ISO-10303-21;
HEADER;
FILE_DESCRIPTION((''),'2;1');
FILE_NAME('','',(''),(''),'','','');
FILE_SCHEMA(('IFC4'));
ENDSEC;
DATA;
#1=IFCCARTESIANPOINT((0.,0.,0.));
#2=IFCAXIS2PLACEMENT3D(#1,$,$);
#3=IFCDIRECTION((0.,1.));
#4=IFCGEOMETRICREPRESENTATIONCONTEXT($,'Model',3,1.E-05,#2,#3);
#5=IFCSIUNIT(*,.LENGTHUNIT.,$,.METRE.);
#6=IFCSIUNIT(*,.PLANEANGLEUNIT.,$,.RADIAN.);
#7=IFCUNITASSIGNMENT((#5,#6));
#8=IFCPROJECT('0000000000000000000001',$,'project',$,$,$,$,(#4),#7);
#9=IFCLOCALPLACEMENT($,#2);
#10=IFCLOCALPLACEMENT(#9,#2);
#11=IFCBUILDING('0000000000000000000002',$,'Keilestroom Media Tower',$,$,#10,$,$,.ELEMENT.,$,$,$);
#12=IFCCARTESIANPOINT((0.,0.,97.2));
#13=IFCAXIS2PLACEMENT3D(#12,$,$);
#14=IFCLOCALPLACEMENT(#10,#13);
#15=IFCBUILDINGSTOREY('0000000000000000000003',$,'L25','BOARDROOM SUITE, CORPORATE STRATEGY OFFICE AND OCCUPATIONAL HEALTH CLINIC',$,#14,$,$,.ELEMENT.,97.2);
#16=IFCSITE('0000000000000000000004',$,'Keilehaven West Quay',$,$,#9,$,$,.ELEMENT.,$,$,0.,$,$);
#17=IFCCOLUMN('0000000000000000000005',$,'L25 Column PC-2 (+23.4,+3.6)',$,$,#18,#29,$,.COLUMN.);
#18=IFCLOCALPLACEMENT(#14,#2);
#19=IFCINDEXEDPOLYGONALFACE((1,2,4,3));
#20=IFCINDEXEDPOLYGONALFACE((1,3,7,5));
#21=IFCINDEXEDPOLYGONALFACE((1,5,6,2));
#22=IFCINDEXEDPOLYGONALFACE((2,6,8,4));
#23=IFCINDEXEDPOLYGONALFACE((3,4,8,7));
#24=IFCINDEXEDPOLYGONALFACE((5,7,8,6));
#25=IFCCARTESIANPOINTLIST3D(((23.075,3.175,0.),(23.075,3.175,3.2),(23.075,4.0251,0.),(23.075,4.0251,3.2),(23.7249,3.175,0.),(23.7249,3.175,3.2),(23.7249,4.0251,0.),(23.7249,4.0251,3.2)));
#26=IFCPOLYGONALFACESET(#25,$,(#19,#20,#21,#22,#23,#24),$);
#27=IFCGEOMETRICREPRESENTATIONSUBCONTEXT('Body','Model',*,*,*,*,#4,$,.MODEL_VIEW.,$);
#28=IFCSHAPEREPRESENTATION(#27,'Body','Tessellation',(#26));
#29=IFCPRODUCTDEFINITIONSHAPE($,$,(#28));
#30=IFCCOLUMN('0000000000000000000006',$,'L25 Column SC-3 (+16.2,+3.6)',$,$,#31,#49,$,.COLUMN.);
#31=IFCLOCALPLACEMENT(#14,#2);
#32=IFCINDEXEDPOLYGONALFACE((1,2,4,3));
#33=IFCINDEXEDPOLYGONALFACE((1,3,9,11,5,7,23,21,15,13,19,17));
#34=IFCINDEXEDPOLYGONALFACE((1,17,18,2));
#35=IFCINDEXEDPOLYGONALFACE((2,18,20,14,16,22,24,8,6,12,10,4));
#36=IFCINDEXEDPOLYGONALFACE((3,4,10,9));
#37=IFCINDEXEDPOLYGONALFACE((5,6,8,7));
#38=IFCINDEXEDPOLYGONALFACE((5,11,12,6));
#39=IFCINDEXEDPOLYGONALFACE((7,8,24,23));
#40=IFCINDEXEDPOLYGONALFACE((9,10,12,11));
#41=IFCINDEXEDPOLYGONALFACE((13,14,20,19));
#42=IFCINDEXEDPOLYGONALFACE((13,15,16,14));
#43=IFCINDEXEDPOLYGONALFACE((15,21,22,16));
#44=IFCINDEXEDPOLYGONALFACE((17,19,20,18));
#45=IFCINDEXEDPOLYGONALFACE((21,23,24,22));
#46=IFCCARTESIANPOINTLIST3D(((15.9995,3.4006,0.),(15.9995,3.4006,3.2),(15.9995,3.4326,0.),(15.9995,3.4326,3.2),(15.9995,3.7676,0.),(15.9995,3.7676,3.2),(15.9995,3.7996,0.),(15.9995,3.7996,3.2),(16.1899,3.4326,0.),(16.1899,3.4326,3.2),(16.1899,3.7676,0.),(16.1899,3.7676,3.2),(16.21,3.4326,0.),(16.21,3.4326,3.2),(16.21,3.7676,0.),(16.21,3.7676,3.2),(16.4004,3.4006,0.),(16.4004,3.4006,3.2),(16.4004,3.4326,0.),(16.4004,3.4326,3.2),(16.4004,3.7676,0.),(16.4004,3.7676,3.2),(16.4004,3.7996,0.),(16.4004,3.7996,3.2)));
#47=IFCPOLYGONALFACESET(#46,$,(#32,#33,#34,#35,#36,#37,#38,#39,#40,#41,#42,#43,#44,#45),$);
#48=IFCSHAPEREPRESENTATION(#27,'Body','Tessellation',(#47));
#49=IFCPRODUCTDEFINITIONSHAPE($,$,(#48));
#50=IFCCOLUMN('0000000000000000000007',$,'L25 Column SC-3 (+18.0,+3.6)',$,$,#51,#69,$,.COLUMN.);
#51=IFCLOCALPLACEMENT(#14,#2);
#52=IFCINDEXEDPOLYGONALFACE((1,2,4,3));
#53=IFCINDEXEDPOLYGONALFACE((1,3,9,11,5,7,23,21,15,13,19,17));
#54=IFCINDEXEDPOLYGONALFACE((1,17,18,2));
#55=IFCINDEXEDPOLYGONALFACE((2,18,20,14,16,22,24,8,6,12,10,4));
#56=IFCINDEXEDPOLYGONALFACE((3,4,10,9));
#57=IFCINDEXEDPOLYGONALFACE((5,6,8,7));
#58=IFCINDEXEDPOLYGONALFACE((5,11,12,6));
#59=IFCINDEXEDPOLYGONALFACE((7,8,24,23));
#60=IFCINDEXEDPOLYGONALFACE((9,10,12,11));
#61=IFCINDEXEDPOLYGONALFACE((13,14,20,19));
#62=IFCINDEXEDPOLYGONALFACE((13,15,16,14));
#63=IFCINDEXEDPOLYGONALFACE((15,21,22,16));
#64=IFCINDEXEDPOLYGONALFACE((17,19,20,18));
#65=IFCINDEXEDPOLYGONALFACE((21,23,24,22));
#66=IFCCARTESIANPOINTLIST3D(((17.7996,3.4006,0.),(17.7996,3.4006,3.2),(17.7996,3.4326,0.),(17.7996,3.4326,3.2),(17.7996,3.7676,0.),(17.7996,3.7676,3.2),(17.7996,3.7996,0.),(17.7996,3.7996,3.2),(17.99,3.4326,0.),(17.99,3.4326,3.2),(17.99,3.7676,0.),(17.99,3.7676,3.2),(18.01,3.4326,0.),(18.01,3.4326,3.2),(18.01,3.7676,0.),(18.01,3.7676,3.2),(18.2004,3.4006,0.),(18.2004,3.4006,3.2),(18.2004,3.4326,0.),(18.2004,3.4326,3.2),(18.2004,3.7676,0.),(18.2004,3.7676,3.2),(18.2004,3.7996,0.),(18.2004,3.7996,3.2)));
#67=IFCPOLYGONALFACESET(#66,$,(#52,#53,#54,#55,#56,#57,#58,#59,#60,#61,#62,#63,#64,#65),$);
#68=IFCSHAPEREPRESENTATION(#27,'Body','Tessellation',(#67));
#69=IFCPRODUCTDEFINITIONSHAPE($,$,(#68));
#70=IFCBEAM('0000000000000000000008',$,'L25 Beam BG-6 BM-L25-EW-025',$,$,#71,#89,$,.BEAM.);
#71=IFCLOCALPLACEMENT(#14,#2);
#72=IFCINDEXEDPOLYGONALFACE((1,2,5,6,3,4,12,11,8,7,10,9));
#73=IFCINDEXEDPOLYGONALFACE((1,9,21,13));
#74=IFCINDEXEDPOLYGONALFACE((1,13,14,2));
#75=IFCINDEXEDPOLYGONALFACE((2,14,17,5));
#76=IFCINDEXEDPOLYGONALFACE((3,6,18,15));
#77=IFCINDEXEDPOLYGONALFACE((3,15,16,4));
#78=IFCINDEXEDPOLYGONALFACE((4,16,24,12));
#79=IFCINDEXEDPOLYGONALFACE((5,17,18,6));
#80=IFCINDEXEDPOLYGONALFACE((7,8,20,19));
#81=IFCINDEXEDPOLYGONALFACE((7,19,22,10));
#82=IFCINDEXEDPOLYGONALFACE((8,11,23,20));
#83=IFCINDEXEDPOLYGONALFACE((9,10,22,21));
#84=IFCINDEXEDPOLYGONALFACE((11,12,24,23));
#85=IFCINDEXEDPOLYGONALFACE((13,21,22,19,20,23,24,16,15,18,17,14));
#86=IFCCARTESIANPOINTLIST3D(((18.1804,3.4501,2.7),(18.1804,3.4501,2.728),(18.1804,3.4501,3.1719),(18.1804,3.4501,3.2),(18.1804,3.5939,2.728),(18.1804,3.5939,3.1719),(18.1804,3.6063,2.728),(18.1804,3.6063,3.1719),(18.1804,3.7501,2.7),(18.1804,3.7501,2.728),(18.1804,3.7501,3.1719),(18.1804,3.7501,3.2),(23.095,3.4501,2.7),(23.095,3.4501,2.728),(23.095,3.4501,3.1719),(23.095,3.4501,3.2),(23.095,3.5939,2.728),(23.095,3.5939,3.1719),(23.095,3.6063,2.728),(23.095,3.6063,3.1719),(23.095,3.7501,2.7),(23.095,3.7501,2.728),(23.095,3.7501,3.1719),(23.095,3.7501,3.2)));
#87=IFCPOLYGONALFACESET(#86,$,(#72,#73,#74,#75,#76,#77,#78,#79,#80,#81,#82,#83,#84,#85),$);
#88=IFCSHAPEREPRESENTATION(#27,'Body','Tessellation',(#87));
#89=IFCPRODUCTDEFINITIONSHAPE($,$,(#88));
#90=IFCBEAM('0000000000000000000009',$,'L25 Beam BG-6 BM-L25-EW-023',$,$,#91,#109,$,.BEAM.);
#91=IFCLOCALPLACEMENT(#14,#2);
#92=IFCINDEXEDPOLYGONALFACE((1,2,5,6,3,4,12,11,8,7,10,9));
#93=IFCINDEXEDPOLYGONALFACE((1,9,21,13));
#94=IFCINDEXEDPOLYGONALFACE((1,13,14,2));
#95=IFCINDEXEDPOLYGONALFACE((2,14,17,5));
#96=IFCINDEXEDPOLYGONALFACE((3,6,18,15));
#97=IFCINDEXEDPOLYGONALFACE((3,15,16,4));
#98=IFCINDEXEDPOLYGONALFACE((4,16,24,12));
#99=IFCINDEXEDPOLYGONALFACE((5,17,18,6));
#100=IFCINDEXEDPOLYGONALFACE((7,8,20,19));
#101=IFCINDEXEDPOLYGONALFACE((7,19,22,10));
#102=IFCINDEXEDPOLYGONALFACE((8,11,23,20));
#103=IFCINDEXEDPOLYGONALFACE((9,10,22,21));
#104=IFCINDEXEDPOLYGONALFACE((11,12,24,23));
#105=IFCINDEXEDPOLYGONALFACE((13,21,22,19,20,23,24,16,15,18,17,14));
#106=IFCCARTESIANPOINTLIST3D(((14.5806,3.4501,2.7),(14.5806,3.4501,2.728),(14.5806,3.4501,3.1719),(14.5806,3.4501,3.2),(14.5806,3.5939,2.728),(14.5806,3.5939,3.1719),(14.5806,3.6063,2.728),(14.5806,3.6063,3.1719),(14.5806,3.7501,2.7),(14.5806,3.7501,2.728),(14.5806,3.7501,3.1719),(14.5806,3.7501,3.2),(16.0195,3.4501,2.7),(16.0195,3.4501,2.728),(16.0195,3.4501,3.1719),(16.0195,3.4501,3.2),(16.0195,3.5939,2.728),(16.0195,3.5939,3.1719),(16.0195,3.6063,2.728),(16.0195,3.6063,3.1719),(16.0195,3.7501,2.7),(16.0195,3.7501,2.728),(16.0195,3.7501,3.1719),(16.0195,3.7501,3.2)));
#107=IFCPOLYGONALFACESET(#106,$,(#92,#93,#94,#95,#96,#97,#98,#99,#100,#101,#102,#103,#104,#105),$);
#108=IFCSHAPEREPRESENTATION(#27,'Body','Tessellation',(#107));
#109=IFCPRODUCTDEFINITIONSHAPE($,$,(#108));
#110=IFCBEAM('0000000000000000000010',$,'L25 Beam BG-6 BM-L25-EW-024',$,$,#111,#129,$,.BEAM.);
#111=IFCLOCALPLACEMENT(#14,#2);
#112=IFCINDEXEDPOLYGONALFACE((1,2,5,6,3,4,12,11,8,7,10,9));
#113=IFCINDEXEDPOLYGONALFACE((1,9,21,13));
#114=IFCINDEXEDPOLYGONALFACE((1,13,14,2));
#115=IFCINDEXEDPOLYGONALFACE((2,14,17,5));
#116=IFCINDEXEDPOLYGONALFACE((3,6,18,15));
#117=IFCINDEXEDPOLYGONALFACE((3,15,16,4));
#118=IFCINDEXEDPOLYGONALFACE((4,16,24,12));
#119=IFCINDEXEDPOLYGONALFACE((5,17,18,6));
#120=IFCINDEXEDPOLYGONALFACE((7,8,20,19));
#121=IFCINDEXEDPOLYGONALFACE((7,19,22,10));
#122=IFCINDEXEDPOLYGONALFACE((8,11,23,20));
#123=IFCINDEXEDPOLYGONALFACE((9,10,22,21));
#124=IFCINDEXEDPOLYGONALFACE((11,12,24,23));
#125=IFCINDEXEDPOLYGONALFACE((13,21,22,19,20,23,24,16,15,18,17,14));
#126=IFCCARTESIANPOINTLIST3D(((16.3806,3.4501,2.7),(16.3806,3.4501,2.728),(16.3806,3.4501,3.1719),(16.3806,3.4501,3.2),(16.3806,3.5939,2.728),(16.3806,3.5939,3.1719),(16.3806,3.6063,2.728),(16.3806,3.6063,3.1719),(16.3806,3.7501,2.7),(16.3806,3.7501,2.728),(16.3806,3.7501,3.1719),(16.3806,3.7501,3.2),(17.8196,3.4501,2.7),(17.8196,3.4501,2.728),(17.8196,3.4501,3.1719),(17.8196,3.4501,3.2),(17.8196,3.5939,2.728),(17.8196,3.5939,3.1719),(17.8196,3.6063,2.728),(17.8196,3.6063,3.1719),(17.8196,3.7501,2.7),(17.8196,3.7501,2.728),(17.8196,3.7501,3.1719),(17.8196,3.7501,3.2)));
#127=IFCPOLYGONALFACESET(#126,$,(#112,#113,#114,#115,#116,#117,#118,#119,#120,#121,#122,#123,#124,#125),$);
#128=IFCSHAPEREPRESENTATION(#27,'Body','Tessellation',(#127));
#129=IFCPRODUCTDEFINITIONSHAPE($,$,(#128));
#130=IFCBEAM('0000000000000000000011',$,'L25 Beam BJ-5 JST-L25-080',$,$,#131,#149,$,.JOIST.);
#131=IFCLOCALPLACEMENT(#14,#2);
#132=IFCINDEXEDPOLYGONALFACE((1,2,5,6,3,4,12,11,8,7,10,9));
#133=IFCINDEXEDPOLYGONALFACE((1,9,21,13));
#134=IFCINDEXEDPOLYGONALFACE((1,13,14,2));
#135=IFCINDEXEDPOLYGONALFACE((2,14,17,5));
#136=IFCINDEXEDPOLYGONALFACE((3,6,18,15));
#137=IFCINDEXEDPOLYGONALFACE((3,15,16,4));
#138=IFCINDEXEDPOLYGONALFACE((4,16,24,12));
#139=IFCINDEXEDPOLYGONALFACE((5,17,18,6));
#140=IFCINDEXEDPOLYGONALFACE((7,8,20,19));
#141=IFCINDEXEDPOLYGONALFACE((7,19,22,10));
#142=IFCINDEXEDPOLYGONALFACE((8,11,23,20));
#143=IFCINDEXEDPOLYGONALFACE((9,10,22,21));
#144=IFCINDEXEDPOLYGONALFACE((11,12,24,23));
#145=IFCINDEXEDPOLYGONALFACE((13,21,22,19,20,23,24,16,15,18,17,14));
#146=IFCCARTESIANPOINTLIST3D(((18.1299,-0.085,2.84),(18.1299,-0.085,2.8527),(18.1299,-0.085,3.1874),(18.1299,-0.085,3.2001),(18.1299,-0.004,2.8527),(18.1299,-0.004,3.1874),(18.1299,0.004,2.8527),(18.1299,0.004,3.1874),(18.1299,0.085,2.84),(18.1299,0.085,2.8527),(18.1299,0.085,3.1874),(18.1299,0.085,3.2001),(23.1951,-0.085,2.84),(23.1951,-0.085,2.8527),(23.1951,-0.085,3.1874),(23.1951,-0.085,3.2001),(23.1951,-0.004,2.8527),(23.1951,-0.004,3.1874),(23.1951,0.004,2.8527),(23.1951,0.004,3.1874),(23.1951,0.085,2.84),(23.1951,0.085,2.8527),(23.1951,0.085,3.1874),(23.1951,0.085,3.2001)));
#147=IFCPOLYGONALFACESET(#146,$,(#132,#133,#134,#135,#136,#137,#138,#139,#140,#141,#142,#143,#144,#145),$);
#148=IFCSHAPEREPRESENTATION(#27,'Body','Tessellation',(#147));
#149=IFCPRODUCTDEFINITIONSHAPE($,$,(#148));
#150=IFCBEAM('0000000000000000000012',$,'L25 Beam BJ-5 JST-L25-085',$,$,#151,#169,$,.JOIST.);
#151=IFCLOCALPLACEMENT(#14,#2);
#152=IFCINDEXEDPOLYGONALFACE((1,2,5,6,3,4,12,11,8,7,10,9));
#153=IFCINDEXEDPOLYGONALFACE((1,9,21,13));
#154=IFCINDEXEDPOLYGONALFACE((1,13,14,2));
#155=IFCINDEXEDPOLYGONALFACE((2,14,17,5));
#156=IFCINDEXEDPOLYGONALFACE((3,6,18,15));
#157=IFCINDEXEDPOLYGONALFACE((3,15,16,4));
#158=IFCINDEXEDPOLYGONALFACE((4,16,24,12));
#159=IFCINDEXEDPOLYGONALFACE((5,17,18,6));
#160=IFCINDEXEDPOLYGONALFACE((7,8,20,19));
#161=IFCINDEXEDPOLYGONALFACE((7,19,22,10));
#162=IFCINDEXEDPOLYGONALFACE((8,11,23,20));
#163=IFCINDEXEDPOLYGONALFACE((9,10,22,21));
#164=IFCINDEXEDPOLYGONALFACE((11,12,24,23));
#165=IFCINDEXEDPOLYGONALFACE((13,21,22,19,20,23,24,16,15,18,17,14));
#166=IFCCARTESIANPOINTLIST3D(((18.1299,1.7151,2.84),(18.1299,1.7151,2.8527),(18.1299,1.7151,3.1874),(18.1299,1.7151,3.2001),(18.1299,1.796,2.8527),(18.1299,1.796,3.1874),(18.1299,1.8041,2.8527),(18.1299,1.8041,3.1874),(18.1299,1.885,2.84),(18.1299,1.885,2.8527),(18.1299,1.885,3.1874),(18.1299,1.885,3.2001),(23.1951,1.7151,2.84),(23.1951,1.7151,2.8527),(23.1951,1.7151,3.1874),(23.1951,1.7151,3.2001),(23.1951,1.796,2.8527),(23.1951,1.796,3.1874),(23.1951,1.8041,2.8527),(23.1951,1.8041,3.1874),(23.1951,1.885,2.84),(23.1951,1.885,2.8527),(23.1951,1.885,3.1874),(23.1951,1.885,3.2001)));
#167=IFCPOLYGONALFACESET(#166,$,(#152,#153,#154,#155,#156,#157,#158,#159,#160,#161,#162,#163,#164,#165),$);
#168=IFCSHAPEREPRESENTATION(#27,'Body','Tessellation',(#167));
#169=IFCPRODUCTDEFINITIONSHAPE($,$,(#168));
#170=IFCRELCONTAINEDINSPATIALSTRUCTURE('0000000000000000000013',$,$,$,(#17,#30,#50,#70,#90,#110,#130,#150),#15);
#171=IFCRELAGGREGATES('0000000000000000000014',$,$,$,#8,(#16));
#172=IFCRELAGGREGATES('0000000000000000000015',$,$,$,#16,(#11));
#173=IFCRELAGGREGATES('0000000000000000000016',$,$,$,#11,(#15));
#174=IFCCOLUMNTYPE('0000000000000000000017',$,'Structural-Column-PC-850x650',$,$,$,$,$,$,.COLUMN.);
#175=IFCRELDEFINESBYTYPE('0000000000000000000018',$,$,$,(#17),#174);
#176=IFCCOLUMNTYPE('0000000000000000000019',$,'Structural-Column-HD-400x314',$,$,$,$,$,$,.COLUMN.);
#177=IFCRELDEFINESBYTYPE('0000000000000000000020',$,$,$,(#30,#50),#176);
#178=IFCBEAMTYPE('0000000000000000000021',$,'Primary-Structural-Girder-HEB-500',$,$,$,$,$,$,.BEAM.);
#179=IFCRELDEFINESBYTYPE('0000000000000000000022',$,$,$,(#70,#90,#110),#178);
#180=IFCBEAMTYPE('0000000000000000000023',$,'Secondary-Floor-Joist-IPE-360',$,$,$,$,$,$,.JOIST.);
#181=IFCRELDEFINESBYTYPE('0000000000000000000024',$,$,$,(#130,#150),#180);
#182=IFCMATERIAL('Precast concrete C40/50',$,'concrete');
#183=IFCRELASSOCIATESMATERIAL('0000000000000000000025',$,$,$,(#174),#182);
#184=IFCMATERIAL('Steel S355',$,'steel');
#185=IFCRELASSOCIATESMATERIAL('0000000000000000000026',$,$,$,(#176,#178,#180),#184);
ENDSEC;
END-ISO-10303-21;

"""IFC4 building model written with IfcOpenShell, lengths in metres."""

from ifc_helpers import new_model, si_unit, direction, frame, origin, origin_2d, place, context, subcontext, project, spatial, rectangle, i_section, extrude, source, transform, mapped, material, material_profile, profile_set, type_object, element, save


model = new_model("IFC4")

# Units and contexts
model_context = context("Model", 3, precision=1e-05, world=origin(), true_north=direction((0.0, 1.0)))
body_context = subcontext(model_context, "Body", "Model", "MODEL_VIEW")
ifc_project = project(units=[si_unit("LENGTHUNIT", "METRE"), si_unit("PLANEANGLEUNIT", "RADIAN")], contexts=[model_context])

# Site, building, storey
site_placement = place(None, origin())
site = spatial("IfcSite", under=ifc_project, at=site_placement, Name="Keilehaven West Quay", CompositionType="ELEMENT", RefElevation=0.0)
building_placement = place(site_placement, origin())
building = spatial("IfcBuilding", under=site, at=building_placement, Name="Keilestroom Media Tower", CompositionType="ELEMENT")
storey_placement = place(building_placement, frame((0.0, 0.0, 97.2)))
storey = spatial("IfcBuildingStorey", under=building, at=storey_placement, Name="L25", Description="BOARDROOM SUITE, CORPORATE STRATEGY OFFICE AND OCCUPATIONAL HEALTH CLINIC", CompositionType="ELEMENT", Elevation=97.2)

# Columns
ifc_material_1 = material(Name="Precast concrete C40/50", Category="concrete")
ifc_material_profile_1 = material_profile(ifc_material_1, rectangle(XDim=0.6499, YDim=0.8501, at=origin_2d()), Name="PC 850x650")
ifc_profile_set_1 = profile_set([ifc_material_profile_1], Name="Precast concrete C40/50")
column_type_1 = type_object("IfcColumnType", Name="Structural-Column-PC-850x650", PredefinedType="COLUMN", material=ifc_profile_set_1)
shared_shape_1 = source(origin(), body_context, "Body", "SweptSolid", [
    extrude(rectangle(XDim=0.6499, YDim=0.8501, at=origin_2d()), origin(), (0.0, 0.0, 1.0), 3.2),
])
column_placement = place(storey_placement, frame((23.3999, 3.6001, 0.0), z_axis=(0.0, 0.0, 1.0), x_axis=(1.0, 0.0, 0.0)))
element("IfcColumn", 1, at=column_placement, inside=storey, type_object=column_type_1, Name="L25 Column PC-2 (+23.4,+3.6)", PredefinedType="COLUMN", context=body_context, shape_type="MappedRepresentation", body=[
    mapped(shared_shape_1, transform((0.0, 0.0, 0.0), x_axis=(1.0, 0.0, 0.0), y_axis=(0.0, 1.0, 0.0), z_axis=(0.0, 0.0, 1.0), scale=1.0)),
])
ifc_material_2 = material(Name="Steel S355", Category="steel")
ifc_material_profile_2 = material_profile(ifc_material_2, i_section(OverallWidth=0.4009, OverallDepth=0.3989, WebThickness=0.02, FlangeThickness=0.032, at=origin_2d()), Name="HD 400x314")
ifc_profile_set_2 = profile_set([ifc_material_profile_2], Name="Steel S355")
column_type_2 = type_object("IfcColumnType", Name="Structural-Column-HD-400x314", PredefinedType="COLUMN", material=ifc_profile_set_2)
shared_shape_2 = source(origin(), body_context, "Body", "SweptSolid", [
    extrude(i_section(OverallWidth=0.4009, OverallDepth=0.3989, WebThickness=0.02, FlangeThickness=0.032, at=origin_2d()), origin(), (0.0, 0.0, 1.0), 3.2),
])
for number, where, z_axis, x_axis, name in (
    (2, (16.2, 3.6001, 0.0), (0.0, 0.0, 1.0), (1.0, 0.0, 0.0), "L25 Column SC-3 (+16.2,+3.6)"),
    (3, (18.0, 3.6001, 0.0), (0.0, 0.0, 1.0), (1.0, 0.0, 0.0), "L25 Column SC-3 (+18.0,+3.6)"),
):
    element("IfcColumn", number, at=place(storey_placement, frame(where, z_axis=z_axis, x_axis=x_axis)), inside=storey, type_object=column_type_2, Name=name, PredefinedType="COLUMN", context=body_context, shape_type="MappedRepresentation", body=[
        mapped(shared_shape_2, transform((0.0, 0.0, 0.0), x_axis=(1.0, 0.0, 0.0), y_axis=(0.0, 1.0, 0.0), z_axis=(0.0, 0.0, 1.0), scale=1.0)),
    ])

# Beams
ifc_material_profile_3 = material_profile(ifc_material_2, i_section(OverallWidth=0.3, OverallDepth=0.5, WebThickness=0.0125, FlangeThickness=0.0281, at=origin_2d()), Name="HEB 500")
ifc_profile_set_3 = profile_set([ifc_material_profile_3], Name="Steel S355")
beam_type_1 = type_object("IfcBeamType", Name="Primary-Structural-Girder-HEB-500", PredefinedType="BEAM", material=ifc_profile_set_3)
shared_shape_3 = source(origin(), body_context, "Body", "SweptSolid", [
    extrude(i_section(OverallWidth=0.3, OverallDepth=0.5, WebThickness=0.0125, FlangeThickness=0.0281, at=origin_2d()), origin(), (0.0, 0.0, 1.0), 4.9146),
])
beam_1_placement = place(storey_placement, frame((18.1804, 3.6001, 2.95), z_axis=(1.0, 0.0, 0.0), x_axis=(0.0, 1.0, 0.0)))
element("IfcBeam", 4, at=beam_1_placement, inside=storey, type_object=beam_type_1, Name="L25 Beam BG-6 BM-L25-EW-025", PredefinedType="BEAM", context=body_context, shape_type="MappedRepresentation", body=[
    mapped(shared_shape_3, transform((0.0, 0.0, 0.0), x_axis=(1.0, 0.0, 0.0), y_axis=(0.0, 1.0, 0.0), z_axis=(0.0, 0.0, 1.0), scale=1.0)),
])
shared_shape_4 = source(origin(), body_context, "Body", "SweptSolid", [
    extrude(i_section(OverallWidth=0.3, OverallDepth=0.5, WebThickness=0.0125, FlangeThickness=0.0281, at=origin_2d()), origin(), (0.0, 0.0, 1.0), 1.439),
])
for number, where, z_axis, x_axis, name in (
    (5, (14.5806, 3.6001, 2.95), (1.0, 0.0, 0.0), (0.0, 1.0, 0.0), "L25 Beam BG-6 BM-L25-EW-023"),
    (6, (16.3806, 3.6001, 2.95), (1.0, 0.0, 0.0), (0.0, 1.0, 0.0), "L25 Beam BG-6 BM-L25-EW-024"),
):
    element("IfcBeam", number, at=place(storey_placement, frame(where, z_axis=z_axis, x_axis=x_axis)), inside=storey, type_object=beam_type_1, Name=name, PredefinedType="BEAM", context=body_context, shape_type="MappedRepresentation", body=[
        mapped(shared_shape_4, transform((0.0, 0.0, 0.0), x_axis=(1.0, 0.0, 0.0), y_axis=(0.0, 1.0, 0.0), z_axis=(0.0, 0.0, 1.0), scale=1.0)),
    ])
ifc_material_profile_4 = material_profile(ifc_material_2, i_section(OverallWidth=0.1699, OverallDepth=0.3601, WebThickness=0.0081, FlangeThickness=0.0127, at=origin_2d()), Name="IPE 360")
ifc_profile_set_4 = profile_set([ifc_material_profile_4], Name="Steel S355")
beam_type_2 = type_object("IfcBeamType", Name="Secondary-Floor-Joist-IPE-360", PredefinedType="JOIST", material=ifc_profile_set_4)
shared_shape_5 = source(origin(), body_context, "Body", "SweptSolid", [
    extrude(i_section(OverallWidth=0.1699, OverallDepth=0.3601, WebThickness=0.0081, FlangeThickness=0.0127, at=origin_2d()), origin(), (0.0, 0.0, 1.0), 5.0652),
])
for number, where, z_axis, x_axis, name in (
    (7, (18.1299, 0.0, 3.02), (1.0, 0.0, 0.0), (0.0, 1.0, 0.0), "L25 Beam BJ-5 JST-L25-080"),
    (8, (18.1299, 1.8, 3.02), (1.0, 0.0, 0.0), (0.0, 1.0, 0.0), "L25 Beam BJ-5 JST-L25-085"),
):
    element("IfcBeam", number, at=place(storey_placement, frame(where, z_axis=z_axis, x_axis=x_axis)), inside=storey, type_object=beam_type_2, Name=name, PredefinedType="JOIST", context=body_context, shape_type="MappedRepresentation", body=[
        mapped(shared_shape_5, transform((0.0, 0.0, 0.0), x_axis=(1.0, 0.0, 0.0), y_axis=(0.0, 1.0, 0.0), z_axis=(0.0, 0.0, 1.0), scale=1.0)),
    ])

save(model, "model.ifc")
